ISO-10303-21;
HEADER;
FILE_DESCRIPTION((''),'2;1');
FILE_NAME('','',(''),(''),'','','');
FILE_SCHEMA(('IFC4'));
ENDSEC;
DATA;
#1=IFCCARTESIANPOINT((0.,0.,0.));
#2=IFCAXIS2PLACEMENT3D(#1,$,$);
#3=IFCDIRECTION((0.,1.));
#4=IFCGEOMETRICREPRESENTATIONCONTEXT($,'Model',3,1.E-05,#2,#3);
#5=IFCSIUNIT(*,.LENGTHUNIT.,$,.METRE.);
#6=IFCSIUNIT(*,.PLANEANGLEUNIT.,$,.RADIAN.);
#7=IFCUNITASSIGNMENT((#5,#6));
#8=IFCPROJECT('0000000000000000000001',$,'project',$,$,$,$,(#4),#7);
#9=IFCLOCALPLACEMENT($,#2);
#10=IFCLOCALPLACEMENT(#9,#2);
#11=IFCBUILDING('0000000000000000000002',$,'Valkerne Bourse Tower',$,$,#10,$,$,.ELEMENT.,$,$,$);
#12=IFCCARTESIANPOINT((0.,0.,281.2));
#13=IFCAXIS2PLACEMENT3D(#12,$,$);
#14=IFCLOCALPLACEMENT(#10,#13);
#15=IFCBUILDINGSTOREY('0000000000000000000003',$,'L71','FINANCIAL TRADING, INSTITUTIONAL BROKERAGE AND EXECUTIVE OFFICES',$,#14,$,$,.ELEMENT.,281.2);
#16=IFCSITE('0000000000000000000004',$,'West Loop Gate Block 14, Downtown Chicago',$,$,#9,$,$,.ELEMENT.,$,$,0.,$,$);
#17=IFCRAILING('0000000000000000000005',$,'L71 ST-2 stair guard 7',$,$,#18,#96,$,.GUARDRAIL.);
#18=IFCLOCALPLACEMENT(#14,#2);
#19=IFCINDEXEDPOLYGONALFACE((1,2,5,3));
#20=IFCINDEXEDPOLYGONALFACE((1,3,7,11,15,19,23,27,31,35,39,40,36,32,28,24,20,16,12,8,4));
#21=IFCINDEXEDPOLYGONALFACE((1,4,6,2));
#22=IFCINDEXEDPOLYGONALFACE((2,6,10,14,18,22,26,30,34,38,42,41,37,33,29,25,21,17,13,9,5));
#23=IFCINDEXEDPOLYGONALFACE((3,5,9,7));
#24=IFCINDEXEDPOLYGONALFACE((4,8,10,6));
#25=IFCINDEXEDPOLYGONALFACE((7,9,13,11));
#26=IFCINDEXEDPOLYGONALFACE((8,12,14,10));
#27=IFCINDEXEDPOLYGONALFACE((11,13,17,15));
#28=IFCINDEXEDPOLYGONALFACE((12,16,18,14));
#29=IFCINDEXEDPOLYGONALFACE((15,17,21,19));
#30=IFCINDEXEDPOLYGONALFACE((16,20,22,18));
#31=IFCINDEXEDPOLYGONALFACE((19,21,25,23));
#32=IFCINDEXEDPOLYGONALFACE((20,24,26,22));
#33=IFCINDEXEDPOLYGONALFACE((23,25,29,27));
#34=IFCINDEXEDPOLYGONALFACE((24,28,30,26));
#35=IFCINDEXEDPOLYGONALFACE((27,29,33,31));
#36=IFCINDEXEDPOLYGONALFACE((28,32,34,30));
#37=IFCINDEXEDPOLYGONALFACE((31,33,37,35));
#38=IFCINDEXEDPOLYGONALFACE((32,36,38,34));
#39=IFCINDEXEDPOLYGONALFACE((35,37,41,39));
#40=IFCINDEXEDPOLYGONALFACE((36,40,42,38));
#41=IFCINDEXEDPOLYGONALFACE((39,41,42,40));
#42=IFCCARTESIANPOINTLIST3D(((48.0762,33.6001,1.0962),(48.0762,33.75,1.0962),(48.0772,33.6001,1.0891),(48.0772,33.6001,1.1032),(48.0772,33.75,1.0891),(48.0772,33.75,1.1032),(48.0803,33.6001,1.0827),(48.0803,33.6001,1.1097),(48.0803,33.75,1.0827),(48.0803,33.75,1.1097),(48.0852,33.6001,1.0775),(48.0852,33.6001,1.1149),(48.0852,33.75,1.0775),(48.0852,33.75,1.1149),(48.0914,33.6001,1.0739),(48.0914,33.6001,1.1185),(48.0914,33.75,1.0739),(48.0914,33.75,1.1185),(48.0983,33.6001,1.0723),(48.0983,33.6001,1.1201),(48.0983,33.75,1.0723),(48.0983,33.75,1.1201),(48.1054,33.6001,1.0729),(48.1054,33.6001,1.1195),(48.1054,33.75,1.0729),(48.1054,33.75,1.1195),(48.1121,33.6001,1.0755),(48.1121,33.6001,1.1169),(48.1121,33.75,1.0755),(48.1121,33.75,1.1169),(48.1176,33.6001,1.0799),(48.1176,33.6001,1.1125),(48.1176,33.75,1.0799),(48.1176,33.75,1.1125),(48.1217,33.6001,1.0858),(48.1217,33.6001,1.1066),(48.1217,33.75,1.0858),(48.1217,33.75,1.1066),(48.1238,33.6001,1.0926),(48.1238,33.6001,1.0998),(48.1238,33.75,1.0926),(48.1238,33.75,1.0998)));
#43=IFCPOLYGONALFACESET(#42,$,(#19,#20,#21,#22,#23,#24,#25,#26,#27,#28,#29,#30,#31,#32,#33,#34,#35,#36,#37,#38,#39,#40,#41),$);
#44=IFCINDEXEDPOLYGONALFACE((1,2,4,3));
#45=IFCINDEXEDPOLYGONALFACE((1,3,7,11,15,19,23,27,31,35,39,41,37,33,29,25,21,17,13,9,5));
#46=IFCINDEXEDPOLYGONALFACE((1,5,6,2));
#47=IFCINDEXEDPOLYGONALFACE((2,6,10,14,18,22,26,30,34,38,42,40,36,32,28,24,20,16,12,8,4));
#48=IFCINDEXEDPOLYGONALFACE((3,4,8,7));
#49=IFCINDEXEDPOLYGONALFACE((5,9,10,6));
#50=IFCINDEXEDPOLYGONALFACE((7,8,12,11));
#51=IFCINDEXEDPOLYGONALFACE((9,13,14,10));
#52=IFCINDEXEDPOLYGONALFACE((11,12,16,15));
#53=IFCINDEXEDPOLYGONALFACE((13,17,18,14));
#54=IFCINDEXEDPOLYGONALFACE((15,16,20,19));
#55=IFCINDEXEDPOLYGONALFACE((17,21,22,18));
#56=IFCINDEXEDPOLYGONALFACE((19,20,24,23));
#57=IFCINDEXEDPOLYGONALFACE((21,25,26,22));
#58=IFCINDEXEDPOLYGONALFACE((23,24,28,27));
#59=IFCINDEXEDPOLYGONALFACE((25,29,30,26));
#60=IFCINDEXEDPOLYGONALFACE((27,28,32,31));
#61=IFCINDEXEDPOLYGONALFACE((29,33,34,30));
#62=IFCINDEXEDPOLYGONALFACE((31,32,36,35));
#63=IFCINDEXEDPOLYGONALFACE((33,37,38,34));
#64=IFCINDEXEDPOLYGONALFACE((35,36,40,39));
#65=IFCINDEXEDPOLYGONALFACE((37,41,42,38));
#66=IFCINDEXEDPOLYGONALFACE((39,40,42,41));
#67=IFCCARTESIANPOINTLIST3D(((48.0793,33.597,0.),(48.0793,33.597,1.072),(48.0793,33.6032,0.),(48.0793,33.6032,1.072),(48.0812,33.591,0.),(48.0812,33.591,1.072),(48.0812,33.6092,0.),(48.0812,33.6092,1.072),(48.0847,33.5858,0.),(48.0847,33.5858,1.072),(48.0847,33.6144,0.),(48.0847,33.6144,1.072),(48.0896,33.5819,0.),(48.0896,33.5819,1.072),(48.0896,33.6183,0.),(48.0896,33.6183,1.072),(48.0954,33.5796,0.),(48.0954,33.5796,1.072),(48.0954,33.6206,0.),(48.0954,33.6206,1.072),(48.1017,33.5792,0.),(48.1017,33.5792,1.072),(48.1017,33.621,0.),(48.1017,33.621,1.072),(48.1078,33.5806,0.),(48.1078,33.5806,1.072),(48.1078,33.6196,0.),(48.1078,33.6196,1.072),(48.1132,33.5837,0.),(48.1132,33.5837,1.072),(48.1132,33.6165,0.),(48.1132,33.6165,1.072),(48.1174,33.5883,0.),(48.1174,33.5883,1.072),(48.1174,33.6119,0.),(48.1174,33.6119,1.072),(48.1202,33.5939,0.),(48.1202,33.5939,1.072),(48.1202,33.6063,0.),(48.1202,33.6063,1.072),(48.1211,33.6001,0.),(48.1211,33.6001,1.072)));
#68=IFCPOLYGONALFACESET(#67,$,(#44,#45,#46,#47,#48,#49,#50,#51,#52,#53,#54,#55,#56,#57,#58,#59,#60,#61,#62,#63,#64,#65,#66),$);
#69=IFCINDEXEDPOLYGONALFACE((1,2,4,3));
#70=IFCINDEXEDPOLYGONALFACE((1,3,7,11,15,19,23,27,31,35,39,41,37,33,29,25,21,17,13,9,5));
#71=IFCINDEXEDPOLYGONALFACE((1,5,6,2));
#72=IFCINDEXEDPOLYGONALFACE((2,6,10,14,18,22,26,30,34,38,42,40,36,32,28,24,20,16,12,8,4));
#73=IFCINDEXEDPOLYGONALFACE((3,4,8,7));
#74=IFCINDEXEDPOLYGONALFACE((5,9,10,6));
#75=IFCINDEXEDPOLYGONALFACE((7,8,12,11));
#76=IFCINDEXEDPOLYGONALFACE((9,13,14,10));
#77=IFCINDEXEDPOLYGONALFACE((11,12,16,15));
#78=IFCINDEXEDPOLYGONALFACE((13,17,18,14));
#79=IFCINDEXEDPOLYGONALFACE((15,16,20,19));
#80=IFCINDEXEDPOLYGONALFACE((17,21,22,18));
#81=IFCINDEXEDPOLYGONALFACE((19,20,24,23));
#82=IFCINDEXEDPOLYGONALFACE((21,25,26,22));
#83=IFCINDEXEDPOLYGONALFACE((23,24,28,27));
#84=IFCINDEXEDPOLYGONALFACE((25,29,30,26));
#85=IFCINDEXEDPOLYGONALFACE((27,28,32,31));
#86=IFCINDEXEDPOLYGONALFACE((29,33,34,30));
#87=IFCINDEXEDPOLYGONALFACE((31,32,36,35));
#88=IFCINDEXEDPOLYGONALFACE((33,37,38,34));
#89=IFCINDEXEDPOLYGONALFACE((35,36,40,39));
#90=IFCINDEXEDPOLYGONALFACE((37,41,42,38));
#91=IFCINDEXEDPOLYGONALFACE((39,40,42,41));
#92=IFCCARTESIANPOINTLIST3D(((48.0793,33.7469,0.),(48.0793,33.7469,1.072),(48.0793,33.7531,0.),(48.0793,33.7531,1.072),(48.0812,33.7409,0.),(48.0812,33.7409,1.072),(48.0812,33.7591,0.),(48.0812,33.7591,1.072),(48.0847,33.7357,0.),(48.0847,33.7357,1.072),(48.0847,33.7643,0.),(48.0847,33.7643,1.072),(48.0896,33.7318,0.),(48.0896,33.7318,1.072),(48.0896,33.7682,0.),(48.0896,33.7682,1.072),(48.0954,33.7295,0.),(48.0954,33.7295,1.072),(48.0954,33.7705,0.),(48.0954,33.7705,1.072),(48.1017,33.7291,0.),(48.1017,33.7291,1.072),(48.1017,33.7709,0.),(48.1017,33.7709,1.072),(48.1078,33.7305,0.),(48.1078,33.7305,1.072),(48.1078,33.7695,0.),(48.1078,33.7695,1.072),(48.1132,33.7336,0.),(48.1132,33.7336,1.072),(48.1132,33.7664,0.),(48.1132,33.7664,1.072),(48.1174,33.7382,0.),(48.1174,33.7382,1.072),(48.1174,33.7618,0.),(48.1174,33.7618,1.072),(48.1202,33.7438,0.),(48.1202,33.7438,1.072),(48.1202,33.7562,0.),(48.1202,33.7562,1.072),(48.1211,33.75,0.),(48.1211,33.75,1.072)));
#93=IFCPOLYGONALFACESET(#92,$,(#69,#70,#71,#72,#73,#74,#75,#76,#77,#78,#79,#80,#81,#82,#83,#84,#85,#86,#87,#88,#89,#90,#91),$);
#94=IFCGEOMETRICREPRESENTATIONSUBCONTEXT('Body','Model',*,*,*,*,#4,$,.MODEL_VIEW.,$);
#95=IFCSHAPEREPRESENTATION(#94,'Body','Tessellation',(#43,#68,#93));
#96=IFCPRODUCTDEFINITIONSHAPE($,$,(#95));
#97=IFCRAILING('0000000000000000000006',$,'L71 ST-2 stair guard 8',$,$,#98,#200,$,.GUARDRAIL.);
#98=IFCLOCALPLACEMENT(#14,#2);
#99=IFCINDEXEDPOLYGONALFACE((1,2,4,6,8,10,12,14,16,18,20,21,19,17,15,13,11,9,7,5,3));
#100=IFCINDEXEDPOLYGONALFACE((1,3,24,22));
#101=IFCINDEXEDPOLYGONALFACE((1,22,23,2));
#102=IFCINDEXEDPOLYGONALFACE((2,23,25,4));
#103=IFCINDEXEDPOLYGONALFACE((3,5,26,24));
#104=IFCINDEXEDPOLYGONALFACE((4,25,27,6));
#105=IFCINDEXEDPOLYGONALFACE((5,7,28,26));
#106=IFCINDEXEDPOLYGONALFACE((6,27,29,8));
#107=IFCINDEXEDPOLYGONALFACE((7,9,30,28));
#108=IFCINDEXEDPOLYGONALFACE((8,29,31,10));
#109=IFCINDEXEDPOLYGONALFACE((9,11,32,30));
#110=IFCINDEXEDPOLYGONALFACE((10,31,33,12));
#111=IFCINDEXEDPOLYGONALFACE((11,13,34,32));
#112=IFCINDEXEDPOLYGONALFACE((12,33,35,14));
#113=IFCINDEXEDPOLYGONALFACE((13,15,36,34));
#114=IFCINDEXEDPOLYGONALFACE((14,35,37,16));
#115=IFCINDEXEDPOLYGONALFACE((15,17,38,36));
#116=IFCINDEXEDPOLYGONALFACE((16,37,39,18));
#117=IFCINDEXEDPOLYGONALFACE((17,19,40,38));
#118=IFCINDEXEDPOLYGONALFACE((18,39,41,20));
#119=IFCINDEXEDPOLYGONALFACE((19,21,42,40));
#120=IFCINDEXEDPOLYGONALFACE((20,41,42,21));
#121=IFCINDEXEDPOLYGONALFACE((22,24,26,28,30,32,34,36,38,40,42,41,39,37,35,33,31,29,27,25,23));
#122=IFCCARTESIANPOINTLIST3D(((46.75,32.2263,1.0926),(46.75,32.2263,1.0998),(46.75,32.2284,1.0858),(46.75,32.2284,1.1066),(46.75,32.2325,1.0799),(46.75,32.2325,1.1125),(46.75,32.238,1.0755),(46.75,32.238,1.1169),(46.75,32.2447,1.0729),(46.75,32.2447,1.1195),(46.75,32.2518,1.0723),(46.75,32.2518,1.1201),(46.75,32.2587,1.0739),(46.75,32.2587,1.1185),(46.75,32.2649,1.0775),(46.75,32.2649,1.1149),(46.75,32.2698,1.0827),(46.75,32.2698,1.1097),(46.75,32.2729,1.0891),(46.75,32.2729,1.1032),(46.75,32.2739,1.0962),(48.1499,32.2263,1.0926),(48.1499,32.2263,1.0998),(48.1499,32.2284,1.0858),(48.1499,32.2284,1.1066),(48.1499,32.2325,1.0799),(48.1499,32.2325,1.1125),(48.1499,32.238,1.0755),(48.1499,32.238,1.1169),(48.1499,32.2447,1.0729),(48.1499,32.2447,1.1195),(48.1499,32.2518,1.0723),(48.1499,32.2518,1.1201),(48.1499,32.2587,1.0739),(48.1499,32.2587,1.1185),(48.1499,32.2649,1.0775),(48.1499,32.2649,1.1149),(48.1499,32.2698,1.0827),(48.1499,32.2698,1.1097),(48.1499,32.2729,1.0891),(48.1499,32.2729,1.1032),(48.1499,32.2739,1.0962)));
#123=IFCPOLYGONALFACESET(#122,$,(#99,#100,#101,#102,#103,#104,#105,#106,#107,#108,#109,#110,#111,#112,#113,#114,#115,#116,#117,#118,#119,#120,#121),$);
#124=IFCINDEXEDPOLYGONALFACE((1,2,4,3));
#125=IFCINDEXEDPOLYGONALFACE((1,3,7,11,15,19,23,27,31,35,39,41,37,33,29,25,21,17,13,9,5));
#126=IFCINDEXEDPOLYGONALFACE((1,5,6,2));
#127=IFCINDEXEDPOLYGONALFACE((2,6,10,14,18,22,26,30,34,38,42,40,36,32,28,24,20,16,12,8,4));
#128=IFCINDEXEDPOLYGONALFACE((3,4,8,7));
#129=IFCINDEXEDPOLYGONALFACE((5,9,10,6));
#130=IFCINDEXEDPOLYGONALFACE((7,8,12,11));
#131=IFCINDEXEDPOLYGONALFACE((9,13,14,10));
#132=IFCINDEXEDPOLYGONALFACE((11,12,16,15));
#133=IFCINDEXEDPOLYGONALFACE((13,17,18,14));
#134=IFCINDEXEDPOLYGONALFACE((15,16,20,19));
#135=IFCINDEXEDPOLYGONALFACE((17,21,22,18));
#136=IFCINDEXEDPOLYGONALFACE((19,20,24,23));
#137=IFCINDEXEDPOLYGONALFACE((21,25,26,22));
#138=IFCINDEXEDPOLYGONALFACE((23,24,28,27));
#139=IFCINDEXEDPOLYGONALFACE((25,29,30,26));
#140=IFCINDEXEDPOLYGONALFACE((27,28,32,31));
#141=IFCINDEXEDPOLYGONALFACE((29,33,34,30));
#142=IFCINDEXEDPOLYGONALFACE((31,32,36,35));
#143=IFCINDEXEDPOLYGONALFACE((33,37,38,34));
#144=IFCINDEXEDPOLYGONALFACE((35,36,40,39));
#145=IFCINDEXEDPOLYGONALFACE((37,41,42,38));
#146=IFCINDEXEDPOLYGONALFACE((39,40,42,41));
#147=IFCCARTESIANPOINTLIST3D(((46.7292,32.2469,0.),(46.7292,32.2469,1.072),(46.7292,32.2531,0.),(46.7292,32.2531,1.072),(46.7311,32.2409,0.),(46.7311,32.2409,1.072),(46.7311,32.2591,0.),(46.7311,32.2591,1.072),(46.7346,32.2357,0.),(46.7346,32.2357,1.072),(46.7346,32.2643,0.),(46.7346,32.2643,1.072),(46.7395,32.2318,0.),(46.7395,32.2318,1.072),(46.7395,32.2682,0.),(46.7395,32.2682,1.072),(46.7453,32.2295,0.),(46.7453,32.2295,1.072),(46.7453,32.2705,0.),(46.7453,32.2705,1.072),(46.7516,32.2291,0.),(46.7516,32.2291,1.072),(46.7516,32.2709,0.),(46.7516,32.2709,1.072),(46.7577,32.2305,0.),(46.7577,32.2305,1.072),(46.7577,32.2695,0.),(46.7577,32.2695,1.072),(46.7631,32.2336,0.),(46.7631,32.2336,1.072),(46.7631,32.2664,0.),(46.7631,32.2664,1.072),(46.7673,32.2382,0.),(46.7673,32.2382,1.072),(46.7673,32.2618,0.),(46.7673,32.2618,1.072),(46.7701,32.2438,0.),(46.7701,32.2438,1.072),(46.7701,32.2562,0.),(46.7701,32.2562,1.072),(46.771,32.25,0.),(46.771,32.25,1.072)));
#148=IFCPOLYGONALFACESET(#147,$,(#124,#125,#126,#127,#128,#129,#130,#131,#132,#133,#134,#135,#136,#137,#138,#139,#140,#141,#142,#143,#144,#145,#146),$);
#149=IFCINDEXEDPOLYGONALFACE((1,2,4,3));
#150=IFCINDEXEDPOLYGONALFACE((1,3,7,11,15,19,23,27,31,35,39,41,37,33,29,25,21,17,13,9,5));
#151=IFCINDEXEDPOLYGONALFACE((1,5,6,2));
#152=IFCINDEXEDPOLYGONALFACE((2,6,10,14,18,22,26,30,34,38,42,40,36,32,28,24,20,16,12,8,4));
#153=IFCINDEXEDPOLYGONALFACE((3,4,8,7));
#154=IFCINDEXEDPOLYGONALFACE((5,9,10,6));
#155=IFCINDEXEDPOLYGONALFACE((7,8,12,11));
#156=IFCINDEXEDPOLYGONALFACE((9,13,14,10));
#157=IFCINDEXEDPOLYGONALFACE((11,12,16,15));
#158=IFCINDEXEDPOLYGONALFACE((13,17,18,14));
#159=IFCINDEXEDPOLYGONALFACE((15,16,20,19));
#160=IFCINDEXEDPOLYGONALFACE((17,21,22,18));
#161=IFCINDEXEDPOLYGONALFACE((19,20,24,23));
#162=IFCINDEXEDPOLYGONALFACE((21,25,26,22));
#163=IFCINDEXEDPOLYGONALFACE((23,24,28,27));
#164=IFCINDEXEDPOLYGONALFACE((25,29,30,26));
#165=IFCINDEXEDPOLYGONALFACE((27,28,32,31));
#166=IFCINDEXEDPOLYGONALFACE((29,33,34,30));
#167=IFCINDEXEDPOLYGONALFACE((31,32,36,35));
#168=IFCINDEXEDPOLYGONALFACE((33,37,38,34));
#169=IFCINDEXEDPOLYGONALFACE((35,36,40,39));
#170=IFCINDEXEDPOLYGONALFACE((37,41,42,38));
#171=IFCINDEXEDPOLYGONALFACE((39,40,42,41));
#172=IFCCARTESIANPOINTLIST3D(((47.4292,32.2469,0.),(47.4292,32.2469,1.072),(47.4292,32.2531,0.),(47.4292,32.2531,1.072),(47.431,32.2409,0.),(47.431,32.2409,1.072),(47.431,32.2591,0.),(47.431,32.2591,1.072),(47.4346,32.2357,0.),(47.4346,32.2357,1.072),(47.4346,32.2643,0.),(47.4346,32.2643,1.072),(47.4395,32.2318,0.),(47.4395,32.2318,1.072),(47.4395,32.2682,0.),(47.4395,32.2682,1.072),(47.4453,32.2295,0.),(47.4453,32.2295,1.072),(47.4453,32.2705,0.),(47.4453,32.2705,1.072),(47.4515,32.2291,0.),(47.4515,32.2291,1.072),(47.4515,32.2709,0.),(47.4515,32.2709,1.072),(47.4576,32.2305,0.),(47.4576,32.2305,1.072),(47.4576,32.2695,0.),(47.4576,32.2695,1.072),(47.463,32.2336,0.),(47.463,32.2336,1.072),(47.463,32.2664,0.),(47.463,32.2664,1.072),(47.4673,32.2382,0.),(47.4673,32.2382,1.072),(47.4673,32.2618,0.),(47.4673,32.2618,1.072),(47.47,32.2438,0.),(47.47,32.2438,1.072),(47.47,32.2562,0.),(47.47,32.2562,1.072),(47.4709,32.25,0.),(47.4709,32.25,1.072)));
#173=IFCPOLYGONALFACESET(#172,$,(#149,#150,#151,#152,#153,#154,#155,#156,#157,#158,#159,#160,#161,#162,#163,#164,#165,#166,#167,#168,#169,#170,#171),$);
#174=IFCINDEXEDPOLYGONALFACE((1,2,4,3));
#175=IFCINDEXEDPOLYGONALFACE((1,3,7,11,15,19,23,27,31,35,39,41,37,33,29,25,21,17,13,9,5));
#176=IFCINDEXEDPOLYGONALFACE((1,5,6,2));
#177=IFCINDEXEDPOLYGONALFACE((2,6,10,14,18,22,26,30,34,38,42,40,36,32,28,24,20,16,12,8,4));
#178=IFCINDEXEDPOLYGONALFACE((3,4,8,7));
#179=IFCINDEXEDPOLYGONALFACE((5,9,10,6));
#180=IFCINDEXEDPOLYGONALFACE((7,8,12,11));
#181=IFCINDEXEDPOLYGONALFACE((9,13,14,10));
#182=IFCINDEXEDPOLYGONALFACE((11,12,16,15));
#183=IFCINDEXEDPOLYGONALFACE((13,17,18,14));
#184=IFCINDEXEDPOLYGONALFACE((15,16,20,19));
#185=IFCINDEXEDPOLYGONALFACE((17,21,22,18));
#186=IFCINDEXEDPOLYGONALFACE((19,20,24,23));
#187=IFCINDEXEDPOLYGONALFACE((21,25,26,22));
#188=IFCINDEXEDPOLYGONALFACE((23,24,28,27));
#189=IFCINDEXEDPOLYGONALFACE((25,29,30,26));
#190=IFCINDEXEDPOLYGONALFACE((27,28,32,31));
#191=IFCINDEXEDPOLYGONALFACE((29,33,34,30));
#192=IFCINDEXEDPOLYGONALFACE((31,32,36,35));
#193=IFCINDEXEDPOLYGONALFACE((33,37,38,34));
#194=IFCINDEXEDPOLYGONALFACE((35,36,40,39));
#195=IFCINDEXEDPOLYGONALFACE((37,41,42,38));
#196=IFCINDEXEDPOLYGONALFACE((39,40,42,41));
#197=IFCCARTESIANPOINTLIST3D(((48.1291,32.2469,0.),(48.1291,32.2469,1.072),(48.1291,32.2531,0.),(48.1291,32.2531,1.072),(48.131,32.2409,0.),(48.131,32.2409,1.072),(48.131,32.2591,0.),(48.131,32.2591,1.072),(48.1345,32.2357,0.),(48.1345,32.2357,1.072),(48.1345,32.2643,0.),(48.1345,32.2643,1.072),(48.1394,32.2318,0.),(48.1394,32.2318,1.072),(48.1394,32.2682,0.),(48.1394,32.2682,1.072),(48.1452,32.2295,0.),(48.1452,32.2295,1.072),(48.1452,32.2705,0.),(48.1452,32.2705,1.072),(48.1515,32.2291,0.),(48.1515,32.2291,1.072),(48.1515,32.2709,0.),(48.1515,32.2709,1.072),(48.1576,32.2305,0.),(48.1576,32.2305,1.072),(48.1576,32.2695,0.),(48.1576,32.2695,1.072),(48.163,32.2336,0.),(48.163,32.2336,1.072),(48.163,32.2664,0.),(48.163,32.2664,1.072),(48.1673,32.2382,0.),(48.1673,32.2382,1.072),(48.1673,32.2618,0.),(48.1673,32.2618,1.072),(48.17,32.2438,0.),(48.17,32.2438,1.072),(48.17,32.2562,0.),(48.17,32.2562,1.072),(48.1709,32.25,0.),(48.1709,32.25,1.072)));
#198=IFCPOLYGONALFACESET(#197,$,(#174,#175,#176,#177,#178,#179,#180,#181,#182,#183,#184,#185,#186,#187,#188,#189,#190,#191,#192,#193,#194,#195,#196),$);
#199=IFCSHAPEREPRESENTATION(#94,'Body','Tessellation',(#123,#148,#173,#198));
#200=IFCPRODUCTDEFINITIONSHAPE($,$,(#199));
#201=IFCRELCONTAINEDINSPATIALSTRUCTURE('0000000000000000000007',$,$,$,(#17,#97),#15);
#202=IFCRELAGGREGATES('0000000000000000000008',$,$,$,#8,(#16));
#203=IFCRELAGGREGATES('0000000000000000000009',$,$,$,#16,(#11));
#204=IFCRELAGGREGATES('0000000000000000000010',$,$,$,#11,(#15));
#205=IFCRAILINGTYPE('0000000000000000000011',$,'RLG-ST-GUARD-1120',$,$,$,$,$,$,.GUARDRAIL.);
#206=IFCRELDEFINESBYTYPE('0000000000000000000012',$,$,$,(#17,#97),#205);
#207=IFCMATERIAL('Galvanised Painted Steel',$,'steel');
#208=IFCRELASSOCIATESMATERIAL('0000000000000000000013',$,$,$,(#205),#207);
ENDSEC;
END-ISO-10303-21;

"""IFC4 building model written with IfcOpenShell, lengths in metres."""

from ifc_helpers import new_model, si_unit, direction, frame, origin, origin_2d, place, context, subcontext, project, spatial, circle, extrude, material, type_object, element, save


model = new_model("IFC4")

# Units and contexts
model_context = context("Model", 3, precision=1e-05, world=origin(), true_north=direction((0.0, 1.0)))
body_context = subcontext(model_context, "Body", "Model", "MODEL_VIEW")
ifc_project = project(units=[si_unit("LENGTHUNIT", "METRE"), si_unit("PLANEANGLEUNIT", "RADIAN")], contexts=[model_context])

# Site, building, storey
site_placement = place(None, origin())
site = spatial("IfcSite", under=ifc_project, at=site_placement, Name="West Loop Gate Block 14, Downtown Chicago", CompositionType="ELEMENT", RefElevation=0.0)
building_placement = place(site_placement, origin())
building = spatial("IfcBuilding", under=site, at=building_placement, Name="Valkerne Bourse Tower", CompositionType="ELEMENT")
storey_placement = place(building_placement, frame((0.0, 0.0, 281.2)))
storey = spatial("IfcBuildingStorey", under=building, at=storey_placement, Name="L71", Description="FINANCIAL TRADING, INSTITUTIONAL BROKERAGE AND EXECUTIVE OFFICES", CompositionType="ELEMENT", Elevation=281.2)

# Shared definitions
ifc_material_1 = material(Name="Galvanised Painted Steel", Category="steel")

# Railings
railing_type_1 = type_object("IfcRailingType", Name="RLG-ST-GUARD-1120", PredefinedType="GUARDRAIL", material=ifc_material_1)
railing_1_placement = place(storey_placement, frame((48.1001, 33.6001, 0.0)))
element("IfcRailing", 1, at=railing_1_placement, inside=storey, type_object=railing_type_1, Name="L71 ST-2 stair guard 7", PredefinedType="GUARDRAIL", context=body_context, shape_type="SweptSolid", body=[
    extrude(circle(Radius=0.0239, at=origin_2d()), frame((0.0, 0.0, 1.0962), z_axis=(0.0, 1.0, 0.0), x_axis=(-1.0, 0.0, 0.0)), (0.0, 0.0, 1.0), 0.1499),
    extrude(circle(Radius=0.021, at=origin_2d()), origin(), (0.0, 0.0, 1.0), 1.072),
    extrude(circle(Radius=0.021, at=origin_2d()), frame((0.0, 0.1499, 0.0)), (0.0, 0.0, 1.0), 1.072),
])
for number, where, name in (
    (2, (46.75, 32.25, 0.0), "L71 ST-2 stair guard 8"),
):
    element("IfcRailing", number, at=place(storey_placement, frame(where)), inside=storey, type_object=railing_type_1, Name=name, PredefinedType="GUARDRAIL", context=body_context, shape_type="SweptSolid", body=[
        extrude(circle(Radius=0.0239, at=origin_2d()), frame((0.0, 0.0, 1.0962), z_axis=(1.0, 0.0, 0.0), x_axis=(0.0, 1.0, 0.0)), (0.0, 0.0, 1.0), 1.3999),
        extrude(circle(Radius=0.021, at=origin_2d()), origin(), (0.0, 0.0, 1.0), 1.072),
        extrude(circle(Radius=0.021, at=origin_2d()), frame((0.7, 0.0, 0.0)), (0.0, 0.0, 1.0), 1.072),
        extrude(circle(Radius=0.021, at=origin_2d()), frame((1.3999, 0.0, 0.0)), (0.0, 0.0, 1.0), 1.072),
    ])

save(model, "model.ifc")
